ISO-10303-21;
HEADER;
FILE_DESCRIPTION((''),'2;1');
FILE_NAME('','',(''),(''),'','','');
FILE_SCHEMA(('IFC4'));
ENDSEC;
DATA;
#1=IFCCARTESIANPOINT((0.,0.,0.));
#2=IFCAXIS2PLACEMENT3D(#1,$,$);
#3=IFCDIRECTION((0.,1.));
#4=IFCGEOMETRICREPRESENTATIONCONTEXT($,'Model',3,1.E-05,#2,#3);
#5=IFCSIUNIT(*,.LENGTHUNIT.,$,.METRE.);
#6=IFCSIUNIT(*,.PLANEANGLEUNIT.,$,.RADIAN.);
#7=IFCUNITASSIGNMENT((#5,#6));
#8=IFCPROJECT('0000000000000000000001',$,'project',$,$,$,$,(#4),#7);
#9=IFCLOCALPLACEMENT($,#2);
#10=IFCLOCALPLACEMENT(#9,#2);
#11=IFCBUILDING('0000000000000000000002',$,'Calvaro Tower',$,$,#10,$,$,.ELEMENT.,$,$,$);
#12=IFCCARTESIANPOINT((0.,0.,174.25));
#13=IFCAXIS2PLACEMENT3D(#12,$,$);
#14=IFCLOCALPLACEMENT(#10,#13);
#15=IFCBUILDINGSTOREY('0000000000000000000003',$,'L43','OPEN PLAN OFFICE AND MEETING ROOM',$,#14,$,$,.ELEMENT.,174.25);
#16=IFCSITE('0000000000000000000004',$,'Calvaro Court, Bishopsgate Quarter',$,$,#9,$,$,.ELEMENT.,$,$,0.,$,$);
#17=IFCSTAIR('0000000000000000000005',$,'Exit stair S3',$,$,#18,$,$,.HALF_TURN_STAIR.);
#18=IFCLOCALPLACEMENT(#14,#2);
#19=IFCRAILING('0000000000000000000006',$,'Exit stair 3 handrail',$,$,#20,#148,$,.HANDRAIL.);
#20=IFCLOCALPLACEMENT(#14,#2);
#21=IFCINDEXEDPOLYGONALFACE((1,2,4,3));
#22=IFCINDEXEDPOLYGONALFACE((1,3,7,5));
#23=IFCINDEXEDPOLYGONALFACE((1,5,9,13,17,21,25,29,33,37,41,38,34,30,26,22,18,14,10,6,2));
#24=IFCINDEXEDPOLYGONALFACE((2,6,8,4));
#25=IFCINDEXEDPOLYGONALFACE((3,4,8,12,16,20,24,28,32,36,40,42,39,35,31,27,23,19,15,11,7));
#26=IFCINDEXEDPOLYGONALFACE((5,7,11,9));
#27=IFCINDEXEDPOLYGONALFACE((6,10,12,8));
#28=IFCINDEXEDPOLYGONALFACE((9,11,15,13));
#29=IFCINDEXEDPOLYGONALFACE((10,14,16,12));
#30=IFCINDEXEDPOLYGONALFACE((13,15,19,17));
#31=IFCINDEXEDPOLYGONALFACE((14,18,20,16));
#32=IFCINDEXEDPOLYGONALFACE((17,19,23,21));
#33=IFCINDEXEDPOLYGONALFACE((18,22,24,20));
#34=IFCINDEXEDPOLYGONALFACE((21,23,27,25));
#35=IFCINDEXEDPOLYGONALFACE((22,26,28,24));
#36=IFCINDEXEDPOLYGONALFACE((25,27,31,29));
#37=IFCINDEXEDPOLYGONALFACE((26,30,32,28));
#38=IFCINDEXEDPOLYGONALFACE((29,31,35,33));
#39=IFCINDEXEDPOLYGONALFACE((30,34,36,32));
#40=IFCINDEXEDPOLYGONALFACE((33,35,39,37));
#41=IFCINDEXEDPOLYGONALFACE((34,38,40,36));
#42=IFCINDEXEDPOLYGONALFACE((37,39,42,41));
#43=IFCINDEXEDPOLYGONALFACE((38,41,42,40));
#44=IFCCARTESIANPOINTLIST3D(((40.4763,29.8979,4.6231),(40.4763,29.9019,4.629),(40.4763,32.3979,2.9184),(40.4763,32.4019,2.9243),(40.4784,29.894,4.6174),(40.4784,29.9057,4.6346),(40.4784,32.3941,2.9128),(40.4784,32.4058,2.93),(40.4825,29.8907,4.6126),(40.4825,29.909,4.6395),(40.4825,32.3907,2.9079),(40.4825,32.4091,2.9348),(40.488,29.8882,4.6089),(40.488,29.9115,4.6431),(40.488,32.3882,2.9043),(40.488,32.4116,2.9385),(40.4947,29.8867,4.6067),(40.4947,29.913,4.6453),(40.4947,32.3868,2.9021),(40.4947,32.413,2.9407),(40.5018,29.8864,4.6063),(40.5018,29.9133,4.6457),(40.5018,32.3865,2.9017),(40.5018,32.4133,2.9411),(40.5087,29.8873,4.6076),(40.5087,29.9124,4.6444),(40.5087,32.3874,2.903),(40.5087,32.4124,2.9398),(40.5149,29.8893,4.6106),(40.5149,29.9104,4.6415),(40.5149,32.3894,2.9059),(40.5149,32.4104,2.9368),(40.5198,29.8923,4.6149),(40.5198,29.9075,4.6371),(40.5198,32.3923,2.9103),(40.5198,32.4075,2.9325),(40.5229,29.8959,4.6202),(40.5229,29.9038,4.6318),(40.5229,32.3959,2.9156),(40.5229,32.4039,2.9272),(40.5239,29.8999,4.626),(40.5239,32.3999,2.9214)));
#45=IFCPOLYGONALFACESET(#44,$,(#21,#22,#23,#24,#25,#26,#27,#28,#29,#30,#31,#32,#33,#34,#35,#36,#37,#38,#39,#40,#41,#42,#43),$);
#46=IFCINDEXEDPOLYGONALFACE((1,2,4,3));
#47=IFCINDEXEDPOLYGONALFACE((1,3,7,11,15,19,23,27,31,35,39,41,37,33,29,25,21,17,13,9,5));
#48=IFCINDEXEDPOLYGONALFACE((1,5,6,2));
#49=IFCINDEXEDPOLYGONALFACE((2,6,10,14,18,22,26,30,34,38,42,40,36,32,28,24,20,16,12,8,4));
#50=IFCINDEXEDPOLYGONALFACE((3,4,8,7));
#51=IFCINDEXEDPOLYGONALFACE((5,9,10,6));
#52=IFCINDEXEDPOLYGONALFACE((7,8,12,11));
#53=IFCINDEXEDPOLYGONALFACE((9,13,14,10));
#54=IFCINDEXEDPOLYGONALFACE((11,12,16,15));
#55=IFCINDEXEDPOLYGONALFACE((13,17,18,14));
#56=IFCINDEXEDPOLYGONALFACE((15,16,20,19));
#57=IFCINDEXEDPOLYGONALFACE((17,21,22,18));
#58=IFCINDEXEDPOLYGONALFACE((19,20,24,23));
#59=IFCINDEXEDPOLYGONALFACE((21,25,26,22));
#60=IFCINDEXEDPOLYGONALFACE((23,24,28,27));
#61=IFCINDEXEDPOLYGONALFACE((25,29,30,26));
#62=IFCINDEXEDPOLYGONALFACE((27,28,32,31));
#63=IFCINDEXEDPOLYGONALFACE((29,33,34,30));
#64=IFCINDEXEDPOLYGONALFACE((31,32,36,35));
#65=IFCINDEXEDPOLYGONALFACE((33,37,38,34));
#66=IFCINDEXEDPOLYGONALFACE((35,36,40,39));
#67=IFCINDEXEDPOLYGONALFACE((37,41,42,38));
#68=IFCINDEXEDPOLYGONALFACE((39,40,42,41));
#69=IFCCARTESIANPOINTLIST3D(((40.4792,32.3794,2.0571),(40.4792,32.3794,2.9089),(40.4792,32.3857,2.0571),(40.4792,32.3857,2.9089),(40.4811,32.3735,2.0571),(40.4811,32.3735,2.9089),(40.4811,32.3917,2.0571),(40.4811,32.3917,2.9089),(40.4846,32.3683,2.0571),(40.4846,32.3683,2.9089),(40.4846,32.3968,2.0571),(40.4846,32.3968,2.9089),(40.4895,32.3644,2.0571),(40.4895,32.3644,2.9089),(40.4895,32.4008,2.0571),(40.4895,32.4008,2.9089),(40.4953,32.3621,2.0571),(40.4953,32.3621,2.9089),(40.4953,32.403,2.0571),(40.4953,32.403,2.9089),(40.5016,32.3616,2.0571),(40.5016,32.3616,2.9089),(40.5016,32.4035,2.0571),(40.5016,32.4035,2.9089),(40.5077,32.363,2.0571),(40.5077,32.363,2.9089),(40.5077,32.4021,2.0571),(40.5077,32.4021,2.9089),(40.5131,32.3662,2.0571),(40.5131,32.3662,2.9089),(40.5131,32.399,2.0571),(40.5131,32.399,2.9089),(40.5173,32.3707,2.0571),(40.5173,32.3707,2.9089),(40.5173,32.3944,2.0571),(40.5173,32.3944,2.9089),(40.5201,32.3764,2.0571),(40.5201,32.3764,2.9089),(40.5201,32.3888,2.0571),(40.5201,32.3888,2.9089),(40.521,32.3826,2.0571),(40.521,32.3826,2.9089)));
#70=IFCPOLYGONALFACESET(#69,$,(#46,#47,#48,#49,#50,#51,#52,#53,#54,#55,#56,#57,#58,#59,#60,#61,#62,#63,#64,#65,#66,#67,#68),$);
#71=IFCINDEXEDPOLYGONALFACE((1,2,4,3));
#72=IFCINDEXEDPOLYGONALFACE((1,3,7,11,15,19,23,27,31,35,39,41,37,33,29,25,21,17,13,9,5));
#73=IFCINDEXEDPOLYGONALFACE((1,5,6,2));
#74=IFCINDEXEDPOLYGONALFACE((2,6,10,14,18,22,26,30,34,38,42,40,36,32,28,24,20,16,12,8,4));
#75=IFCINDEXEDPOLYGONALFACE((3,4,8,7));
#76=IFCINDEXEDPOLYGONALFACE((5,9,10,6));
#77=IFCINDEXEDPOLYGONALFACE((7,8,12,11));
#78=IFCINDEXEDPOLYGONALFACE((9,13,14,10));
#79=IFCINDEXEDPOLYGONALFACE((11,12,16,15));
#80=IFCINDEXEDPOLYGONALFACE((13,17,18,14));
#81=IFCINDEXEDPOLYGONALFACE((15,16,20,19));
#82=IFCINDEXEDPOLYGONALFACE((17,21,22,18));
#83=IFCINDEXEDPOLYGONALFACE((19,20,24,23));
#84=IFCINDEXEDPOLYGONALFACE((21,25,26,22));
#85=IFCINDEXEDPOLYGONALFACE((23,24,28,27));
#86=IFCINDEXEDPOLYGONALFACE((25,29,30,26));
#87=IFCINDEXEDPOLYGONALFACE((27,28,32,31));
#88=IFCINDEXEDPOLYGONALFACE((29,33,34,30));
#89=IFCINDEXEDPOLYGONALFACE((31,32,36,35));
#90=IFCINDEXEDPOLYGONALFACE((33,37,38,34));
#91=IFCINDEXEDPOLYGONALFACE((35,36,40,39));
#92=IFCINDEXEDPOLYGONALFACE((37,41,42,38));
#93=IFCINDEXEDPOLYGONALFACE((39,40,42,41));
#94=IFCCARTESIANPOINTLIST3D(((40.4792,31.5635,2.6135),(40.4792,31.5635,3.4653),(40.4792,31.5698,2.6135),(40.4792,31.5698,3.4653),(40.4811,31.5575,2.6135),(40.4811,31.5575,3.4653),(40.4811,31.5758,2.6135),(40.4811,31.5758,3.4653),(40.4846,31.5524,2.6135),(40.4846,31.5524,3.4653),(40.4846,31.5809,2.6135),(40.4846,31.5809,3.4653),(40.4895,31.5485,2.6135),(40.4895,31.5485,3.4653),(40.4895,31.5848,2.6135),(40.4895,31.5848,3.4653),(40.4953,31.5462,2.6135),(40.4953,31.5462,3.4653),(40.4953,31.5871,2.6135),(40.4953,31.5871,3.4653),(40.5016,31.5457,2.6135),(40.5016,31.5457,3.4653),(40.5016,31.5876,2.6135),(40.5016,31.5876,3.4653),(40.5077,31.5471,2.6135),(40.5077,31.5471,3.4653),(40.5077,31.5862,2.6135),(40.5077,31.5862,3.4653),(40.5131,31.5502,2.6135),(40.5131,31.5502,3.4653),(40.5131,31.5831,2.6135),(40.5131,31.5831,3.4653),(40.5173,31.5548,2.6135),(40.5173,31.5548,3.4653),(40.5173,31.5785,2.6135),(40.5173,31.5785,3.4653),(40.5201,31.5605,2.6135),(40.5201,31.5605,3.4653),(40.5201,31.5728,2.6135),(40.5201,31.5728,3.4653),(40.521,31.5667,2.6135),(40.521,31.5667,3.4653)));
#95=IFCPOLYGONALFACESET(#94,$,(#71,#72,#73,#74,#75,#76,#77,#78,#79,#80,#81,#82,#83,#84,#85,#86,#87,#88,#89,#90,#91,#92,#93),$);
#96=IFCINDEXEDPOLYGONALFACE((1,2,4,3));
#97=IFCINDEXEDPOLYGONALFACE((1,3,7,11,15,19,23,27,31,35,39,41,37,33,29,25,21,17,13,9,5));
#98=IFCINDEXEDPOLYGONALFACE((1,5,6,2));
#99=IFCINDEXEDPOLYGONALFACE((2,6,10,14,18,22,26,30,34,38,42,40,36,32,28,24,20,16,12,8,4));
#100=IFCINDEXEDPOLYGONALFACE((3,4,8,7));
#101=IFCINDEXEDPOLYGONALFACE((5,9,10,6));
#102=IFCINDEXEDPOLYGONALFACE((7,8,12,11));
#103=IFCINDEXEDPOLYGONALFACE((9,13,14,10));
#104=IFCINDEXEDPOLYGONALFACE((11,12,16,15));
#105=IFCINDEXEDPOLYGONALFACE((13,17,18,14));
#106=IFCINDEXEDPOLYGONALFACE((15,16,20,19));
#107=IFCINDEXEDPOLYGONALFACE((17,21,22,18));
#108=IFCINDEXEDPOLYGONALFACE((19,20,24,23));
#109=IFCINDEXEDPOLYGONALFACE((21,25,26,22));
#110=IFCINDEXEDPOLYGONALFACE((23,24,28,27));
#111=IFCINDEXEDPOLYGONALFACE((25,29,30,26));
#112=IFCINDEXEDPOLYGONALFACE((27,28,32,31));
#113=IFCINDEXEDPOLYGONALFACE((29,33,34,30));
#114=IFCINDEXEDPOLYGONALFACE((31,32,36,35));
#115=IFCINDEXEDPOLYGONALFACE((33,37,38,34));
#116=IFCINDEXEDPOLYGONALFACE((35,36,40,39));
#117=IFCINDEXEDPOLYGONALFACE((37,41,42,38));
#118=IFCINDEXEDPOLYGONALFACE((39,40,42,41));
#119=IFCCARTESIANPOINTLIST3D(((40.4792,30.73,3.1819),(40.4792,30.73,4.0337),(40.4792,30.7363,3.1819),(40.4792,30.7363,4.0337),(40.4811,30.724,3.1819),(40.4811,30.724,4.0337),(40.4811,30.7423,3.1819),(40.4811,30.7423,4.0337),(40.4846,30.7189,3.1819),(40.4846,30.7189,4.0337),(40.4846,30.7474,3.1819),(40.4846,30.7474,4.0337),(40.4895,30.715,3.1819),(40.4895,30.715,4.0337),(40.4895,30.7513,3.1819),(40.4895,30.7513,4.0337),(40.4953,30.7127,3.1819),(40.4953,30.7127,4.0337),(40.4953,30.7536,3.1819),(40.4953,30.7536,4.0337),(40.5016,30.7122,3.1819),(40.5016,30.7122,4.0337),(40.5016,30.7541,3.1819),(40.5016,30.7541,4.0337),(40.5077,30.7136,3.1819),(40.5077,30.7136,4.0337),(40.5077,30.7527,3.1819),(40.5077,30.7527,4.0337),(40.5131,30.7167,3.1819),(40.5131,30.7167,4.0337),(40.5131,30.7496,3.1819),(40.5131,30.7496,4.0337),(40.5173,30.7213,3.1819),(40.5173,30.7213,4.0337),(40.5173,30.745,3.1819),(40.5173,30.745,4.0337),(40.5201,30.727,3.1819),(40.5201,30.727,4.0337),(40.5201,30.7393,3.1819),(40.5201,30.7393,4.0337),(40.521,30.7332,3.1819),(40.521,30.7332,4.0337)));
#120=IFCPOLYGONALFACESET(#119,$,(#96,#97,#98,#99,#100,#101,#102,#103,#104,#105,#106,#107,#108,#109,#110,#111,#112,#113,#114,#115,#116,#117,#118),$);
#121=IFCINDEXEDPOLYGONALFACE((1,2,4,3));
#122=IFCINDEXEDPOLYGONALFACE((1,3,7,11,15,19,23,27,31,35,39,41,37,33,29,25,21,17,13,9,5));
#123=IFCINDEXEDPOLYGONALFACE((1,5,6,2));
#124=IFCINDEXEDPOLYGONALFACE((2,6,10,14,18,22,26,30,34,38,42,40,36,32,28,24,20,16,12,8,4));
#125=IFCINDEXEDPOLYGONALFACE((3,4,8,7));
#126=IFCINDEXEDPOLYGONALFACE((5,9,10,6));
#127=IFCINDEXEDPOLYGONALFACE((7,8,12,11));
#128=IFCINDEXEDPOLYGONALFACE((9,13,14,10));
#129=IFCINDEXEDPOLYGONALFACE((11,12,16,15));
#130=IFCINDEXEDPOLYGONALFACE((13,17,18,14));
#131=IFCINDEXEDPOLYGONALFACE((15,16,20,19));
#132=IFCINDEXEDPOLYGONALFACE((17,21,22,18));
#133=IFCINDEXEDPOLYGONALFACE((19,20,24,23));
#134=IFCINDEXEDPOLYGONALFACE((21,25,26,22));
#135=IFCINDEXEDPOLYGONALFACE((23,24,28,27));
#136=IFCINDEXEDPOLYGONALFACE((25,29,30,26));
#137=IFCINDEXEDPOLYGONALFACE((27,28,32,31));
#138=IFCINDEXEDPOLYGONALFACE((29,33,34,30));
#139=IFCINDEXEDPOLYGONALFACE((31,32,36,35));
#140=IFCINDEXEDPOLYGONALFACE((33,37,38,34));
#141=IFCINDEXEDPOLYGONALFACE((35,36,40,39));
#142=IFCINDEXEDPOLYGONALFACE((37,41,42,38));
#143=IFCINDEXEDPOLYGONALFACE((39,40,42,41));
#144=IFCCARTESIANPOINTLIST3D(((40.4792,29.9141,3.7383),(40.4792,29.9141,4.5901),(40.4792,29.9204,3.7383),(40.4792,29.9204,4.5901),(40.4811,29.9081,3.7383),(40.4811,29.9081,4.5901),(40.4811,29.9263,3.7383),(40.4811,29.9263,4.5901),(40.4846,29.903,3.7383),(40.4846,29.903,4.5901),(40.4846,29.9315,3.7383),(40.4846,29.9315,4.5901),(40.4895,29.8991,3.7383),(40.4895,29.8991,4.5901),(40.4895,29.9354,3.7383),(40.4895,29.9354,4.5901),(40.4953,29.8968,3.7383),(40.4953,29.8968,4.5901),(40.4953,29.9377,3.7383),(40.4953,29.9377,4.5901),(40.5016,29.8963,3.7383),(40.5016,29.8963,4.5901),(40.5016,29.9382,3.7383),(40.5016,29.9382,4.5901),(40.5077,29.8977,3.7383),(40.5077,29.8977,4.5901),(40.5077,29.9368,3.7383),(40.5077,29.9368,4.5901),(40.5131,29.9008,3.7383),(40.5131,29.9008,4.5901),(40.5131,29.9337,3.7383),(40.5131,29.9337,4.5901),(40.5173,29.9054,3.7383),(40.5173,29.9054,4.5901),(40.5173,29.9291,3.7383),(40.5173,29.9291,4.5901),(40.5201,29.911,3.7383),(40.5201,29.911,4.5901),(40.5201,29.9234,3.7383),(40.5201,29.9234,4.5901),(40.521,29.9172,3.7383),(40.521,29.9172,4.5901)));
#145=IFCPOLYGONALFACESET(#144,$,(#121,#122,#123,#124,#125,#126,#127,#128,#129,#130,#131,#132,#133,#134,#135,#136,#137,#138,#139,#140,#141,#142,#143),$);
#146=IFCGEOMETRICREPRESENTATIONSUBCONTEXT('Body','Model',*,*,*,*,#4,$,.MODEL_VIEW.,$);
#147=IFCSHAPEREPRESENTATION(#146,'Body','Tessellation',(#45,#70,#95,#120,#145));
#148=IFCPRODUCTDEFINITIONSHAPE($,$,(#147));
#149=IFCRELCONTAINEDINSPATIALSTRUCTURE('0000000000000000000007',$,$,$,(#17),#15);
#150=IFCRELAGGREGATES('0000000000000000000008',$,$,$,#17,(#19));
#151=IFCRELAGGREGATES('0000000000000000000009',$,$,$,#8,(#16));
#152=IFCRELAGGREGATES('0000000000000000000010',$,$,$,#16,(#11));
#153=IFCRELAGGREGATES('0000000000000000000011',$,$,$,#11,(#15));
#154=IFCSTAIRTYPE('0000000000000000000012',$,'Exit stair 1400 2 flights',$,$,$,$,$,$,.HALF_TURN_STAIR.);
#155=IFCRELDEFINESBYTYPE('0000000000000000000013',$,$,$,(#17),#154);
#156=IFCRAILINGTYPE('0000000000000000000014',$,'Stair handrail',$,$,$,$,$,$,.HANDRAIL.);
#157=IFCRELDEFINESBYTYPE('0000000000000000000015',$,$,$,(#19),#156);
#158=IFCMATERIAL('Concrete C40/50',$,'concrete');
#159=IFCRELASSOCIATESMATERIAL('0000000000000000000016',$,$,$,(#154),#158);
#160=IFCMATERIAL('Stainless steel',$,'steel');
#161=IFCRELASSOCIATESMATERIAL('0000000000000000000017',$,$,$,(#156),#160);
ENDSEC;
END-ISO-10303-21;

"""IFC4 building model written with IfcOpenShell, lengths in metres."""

from ifc_helpers import new_model, si_unit, direction, frame, origin, origin_2d, place, context, subcontext, project, spatial, circle, extrude, material, type_object, element, aggregate, save


model = new_model("IFC4")

# Units and contexts
model_context = context("Model", 3, precision=1e-05, world=origin(), true_north=direction((0.0, 1.0)))
body_context = subcontext(model_context, "Body", "Model", "MODEL_VIEW")
ifc_project = project(units=[si_unit("LENGTHUNIT", "METRE"), si_unit("PLANEANGLEUNIT", "RADIAN")], contexts=[model_context])

# Site, building, storey
site_placement = place(None, origin())
site = spatial("IfcSite", under=ifc_project, at=site_placement, Name="Calvaro Court, Bishopsgate Quarter", CompositionType="ELEMENT", RefElevation=0.0)
building_placement = place(site_placement, origin())
building = spatial("IfcBuilding", under=site, at=building_placement, Name="Calvaro Tower", CompositionType="ELEMENT")
storey_placement = place(building_placement, frame((0.0, 0.0, 174.25)))
storey = spatial("IfcBuildingStorey", under=building, at=storey_placement, Name="L43", Description="OPEN PLAN OFFICE AND MEETING ROOM", CompositionType="ELEMENT", Elevation=174.25)

# Stair
ifc_material_1 = material(Name="Concrete C40/50", Category="concrete")
stair_type = type_object("IfcStairType", Name="Exit stair 1400 2 flights", PredefinedType="HALF_TURN_STAIR", material=ifc_material_1)
stair_1_placement = place(storey_placement, origin())
stair_1 = element("IfcStair", 1, at=stair_1_placement, inside=storey, type_object=stair_type, Name="Exit stair S3", PredefinedType="HALF_TURN_STAIR")

# Railing
ifc_material_2 = material(Name="Stainless steel", Category="steel")
railing_type = type_object("IfcRailingType", Name="Stair handrail", PredefinedType="HANDRAIL", material=ifc_material_2)
railing_1_placement = place(storey_placement, frame((40.5, 32.3999, 2.0454)))
railing_1 = element("IfcRailing", 2, at=railing_1_placement, type_object=railing_type, Name="Exit stair 3 handrail", PredefinedType="HANDRAIL", context=body_context, shape_type="SweptSolid", body=[
    extrude(circle(Radius=0.0239, at=origin_2d()), frame((0.0, 0.0, 0.876), z_axis=(0.0, -0.826221, 0.563347), x_axis=(1.0, 0.0, 0.0)), (0.0, 0.0, 1.0), 3.0259),
    extrude(circle(Radius=0.021, at=origin_2d()), frame((0.0, -0.0173, 0.0117)), (0.0, 0.0, 1.0), 0.8518),
    extrude(circle(Radius=0.021, at=origin_2d()), frame((0.0, -0.8333, 0.5681)), (0.0, 0.0, 1.0), 0.8518),
    extrude(circle(Radius=0.021, at=origin_2d()), frame((0.0, -1.6667, 1.1365)), (0.0, 0.0, 1.0), 0.8518),
    extrude(circle(Radius=0.021, at=origin_2d()), frame((0.0, -2.4827, 1.6929)), (0.0, 0.0, 1.0), 0.8518),
])
aggregate(stair_1, [railing_1])

save(model, "model.ifc")
